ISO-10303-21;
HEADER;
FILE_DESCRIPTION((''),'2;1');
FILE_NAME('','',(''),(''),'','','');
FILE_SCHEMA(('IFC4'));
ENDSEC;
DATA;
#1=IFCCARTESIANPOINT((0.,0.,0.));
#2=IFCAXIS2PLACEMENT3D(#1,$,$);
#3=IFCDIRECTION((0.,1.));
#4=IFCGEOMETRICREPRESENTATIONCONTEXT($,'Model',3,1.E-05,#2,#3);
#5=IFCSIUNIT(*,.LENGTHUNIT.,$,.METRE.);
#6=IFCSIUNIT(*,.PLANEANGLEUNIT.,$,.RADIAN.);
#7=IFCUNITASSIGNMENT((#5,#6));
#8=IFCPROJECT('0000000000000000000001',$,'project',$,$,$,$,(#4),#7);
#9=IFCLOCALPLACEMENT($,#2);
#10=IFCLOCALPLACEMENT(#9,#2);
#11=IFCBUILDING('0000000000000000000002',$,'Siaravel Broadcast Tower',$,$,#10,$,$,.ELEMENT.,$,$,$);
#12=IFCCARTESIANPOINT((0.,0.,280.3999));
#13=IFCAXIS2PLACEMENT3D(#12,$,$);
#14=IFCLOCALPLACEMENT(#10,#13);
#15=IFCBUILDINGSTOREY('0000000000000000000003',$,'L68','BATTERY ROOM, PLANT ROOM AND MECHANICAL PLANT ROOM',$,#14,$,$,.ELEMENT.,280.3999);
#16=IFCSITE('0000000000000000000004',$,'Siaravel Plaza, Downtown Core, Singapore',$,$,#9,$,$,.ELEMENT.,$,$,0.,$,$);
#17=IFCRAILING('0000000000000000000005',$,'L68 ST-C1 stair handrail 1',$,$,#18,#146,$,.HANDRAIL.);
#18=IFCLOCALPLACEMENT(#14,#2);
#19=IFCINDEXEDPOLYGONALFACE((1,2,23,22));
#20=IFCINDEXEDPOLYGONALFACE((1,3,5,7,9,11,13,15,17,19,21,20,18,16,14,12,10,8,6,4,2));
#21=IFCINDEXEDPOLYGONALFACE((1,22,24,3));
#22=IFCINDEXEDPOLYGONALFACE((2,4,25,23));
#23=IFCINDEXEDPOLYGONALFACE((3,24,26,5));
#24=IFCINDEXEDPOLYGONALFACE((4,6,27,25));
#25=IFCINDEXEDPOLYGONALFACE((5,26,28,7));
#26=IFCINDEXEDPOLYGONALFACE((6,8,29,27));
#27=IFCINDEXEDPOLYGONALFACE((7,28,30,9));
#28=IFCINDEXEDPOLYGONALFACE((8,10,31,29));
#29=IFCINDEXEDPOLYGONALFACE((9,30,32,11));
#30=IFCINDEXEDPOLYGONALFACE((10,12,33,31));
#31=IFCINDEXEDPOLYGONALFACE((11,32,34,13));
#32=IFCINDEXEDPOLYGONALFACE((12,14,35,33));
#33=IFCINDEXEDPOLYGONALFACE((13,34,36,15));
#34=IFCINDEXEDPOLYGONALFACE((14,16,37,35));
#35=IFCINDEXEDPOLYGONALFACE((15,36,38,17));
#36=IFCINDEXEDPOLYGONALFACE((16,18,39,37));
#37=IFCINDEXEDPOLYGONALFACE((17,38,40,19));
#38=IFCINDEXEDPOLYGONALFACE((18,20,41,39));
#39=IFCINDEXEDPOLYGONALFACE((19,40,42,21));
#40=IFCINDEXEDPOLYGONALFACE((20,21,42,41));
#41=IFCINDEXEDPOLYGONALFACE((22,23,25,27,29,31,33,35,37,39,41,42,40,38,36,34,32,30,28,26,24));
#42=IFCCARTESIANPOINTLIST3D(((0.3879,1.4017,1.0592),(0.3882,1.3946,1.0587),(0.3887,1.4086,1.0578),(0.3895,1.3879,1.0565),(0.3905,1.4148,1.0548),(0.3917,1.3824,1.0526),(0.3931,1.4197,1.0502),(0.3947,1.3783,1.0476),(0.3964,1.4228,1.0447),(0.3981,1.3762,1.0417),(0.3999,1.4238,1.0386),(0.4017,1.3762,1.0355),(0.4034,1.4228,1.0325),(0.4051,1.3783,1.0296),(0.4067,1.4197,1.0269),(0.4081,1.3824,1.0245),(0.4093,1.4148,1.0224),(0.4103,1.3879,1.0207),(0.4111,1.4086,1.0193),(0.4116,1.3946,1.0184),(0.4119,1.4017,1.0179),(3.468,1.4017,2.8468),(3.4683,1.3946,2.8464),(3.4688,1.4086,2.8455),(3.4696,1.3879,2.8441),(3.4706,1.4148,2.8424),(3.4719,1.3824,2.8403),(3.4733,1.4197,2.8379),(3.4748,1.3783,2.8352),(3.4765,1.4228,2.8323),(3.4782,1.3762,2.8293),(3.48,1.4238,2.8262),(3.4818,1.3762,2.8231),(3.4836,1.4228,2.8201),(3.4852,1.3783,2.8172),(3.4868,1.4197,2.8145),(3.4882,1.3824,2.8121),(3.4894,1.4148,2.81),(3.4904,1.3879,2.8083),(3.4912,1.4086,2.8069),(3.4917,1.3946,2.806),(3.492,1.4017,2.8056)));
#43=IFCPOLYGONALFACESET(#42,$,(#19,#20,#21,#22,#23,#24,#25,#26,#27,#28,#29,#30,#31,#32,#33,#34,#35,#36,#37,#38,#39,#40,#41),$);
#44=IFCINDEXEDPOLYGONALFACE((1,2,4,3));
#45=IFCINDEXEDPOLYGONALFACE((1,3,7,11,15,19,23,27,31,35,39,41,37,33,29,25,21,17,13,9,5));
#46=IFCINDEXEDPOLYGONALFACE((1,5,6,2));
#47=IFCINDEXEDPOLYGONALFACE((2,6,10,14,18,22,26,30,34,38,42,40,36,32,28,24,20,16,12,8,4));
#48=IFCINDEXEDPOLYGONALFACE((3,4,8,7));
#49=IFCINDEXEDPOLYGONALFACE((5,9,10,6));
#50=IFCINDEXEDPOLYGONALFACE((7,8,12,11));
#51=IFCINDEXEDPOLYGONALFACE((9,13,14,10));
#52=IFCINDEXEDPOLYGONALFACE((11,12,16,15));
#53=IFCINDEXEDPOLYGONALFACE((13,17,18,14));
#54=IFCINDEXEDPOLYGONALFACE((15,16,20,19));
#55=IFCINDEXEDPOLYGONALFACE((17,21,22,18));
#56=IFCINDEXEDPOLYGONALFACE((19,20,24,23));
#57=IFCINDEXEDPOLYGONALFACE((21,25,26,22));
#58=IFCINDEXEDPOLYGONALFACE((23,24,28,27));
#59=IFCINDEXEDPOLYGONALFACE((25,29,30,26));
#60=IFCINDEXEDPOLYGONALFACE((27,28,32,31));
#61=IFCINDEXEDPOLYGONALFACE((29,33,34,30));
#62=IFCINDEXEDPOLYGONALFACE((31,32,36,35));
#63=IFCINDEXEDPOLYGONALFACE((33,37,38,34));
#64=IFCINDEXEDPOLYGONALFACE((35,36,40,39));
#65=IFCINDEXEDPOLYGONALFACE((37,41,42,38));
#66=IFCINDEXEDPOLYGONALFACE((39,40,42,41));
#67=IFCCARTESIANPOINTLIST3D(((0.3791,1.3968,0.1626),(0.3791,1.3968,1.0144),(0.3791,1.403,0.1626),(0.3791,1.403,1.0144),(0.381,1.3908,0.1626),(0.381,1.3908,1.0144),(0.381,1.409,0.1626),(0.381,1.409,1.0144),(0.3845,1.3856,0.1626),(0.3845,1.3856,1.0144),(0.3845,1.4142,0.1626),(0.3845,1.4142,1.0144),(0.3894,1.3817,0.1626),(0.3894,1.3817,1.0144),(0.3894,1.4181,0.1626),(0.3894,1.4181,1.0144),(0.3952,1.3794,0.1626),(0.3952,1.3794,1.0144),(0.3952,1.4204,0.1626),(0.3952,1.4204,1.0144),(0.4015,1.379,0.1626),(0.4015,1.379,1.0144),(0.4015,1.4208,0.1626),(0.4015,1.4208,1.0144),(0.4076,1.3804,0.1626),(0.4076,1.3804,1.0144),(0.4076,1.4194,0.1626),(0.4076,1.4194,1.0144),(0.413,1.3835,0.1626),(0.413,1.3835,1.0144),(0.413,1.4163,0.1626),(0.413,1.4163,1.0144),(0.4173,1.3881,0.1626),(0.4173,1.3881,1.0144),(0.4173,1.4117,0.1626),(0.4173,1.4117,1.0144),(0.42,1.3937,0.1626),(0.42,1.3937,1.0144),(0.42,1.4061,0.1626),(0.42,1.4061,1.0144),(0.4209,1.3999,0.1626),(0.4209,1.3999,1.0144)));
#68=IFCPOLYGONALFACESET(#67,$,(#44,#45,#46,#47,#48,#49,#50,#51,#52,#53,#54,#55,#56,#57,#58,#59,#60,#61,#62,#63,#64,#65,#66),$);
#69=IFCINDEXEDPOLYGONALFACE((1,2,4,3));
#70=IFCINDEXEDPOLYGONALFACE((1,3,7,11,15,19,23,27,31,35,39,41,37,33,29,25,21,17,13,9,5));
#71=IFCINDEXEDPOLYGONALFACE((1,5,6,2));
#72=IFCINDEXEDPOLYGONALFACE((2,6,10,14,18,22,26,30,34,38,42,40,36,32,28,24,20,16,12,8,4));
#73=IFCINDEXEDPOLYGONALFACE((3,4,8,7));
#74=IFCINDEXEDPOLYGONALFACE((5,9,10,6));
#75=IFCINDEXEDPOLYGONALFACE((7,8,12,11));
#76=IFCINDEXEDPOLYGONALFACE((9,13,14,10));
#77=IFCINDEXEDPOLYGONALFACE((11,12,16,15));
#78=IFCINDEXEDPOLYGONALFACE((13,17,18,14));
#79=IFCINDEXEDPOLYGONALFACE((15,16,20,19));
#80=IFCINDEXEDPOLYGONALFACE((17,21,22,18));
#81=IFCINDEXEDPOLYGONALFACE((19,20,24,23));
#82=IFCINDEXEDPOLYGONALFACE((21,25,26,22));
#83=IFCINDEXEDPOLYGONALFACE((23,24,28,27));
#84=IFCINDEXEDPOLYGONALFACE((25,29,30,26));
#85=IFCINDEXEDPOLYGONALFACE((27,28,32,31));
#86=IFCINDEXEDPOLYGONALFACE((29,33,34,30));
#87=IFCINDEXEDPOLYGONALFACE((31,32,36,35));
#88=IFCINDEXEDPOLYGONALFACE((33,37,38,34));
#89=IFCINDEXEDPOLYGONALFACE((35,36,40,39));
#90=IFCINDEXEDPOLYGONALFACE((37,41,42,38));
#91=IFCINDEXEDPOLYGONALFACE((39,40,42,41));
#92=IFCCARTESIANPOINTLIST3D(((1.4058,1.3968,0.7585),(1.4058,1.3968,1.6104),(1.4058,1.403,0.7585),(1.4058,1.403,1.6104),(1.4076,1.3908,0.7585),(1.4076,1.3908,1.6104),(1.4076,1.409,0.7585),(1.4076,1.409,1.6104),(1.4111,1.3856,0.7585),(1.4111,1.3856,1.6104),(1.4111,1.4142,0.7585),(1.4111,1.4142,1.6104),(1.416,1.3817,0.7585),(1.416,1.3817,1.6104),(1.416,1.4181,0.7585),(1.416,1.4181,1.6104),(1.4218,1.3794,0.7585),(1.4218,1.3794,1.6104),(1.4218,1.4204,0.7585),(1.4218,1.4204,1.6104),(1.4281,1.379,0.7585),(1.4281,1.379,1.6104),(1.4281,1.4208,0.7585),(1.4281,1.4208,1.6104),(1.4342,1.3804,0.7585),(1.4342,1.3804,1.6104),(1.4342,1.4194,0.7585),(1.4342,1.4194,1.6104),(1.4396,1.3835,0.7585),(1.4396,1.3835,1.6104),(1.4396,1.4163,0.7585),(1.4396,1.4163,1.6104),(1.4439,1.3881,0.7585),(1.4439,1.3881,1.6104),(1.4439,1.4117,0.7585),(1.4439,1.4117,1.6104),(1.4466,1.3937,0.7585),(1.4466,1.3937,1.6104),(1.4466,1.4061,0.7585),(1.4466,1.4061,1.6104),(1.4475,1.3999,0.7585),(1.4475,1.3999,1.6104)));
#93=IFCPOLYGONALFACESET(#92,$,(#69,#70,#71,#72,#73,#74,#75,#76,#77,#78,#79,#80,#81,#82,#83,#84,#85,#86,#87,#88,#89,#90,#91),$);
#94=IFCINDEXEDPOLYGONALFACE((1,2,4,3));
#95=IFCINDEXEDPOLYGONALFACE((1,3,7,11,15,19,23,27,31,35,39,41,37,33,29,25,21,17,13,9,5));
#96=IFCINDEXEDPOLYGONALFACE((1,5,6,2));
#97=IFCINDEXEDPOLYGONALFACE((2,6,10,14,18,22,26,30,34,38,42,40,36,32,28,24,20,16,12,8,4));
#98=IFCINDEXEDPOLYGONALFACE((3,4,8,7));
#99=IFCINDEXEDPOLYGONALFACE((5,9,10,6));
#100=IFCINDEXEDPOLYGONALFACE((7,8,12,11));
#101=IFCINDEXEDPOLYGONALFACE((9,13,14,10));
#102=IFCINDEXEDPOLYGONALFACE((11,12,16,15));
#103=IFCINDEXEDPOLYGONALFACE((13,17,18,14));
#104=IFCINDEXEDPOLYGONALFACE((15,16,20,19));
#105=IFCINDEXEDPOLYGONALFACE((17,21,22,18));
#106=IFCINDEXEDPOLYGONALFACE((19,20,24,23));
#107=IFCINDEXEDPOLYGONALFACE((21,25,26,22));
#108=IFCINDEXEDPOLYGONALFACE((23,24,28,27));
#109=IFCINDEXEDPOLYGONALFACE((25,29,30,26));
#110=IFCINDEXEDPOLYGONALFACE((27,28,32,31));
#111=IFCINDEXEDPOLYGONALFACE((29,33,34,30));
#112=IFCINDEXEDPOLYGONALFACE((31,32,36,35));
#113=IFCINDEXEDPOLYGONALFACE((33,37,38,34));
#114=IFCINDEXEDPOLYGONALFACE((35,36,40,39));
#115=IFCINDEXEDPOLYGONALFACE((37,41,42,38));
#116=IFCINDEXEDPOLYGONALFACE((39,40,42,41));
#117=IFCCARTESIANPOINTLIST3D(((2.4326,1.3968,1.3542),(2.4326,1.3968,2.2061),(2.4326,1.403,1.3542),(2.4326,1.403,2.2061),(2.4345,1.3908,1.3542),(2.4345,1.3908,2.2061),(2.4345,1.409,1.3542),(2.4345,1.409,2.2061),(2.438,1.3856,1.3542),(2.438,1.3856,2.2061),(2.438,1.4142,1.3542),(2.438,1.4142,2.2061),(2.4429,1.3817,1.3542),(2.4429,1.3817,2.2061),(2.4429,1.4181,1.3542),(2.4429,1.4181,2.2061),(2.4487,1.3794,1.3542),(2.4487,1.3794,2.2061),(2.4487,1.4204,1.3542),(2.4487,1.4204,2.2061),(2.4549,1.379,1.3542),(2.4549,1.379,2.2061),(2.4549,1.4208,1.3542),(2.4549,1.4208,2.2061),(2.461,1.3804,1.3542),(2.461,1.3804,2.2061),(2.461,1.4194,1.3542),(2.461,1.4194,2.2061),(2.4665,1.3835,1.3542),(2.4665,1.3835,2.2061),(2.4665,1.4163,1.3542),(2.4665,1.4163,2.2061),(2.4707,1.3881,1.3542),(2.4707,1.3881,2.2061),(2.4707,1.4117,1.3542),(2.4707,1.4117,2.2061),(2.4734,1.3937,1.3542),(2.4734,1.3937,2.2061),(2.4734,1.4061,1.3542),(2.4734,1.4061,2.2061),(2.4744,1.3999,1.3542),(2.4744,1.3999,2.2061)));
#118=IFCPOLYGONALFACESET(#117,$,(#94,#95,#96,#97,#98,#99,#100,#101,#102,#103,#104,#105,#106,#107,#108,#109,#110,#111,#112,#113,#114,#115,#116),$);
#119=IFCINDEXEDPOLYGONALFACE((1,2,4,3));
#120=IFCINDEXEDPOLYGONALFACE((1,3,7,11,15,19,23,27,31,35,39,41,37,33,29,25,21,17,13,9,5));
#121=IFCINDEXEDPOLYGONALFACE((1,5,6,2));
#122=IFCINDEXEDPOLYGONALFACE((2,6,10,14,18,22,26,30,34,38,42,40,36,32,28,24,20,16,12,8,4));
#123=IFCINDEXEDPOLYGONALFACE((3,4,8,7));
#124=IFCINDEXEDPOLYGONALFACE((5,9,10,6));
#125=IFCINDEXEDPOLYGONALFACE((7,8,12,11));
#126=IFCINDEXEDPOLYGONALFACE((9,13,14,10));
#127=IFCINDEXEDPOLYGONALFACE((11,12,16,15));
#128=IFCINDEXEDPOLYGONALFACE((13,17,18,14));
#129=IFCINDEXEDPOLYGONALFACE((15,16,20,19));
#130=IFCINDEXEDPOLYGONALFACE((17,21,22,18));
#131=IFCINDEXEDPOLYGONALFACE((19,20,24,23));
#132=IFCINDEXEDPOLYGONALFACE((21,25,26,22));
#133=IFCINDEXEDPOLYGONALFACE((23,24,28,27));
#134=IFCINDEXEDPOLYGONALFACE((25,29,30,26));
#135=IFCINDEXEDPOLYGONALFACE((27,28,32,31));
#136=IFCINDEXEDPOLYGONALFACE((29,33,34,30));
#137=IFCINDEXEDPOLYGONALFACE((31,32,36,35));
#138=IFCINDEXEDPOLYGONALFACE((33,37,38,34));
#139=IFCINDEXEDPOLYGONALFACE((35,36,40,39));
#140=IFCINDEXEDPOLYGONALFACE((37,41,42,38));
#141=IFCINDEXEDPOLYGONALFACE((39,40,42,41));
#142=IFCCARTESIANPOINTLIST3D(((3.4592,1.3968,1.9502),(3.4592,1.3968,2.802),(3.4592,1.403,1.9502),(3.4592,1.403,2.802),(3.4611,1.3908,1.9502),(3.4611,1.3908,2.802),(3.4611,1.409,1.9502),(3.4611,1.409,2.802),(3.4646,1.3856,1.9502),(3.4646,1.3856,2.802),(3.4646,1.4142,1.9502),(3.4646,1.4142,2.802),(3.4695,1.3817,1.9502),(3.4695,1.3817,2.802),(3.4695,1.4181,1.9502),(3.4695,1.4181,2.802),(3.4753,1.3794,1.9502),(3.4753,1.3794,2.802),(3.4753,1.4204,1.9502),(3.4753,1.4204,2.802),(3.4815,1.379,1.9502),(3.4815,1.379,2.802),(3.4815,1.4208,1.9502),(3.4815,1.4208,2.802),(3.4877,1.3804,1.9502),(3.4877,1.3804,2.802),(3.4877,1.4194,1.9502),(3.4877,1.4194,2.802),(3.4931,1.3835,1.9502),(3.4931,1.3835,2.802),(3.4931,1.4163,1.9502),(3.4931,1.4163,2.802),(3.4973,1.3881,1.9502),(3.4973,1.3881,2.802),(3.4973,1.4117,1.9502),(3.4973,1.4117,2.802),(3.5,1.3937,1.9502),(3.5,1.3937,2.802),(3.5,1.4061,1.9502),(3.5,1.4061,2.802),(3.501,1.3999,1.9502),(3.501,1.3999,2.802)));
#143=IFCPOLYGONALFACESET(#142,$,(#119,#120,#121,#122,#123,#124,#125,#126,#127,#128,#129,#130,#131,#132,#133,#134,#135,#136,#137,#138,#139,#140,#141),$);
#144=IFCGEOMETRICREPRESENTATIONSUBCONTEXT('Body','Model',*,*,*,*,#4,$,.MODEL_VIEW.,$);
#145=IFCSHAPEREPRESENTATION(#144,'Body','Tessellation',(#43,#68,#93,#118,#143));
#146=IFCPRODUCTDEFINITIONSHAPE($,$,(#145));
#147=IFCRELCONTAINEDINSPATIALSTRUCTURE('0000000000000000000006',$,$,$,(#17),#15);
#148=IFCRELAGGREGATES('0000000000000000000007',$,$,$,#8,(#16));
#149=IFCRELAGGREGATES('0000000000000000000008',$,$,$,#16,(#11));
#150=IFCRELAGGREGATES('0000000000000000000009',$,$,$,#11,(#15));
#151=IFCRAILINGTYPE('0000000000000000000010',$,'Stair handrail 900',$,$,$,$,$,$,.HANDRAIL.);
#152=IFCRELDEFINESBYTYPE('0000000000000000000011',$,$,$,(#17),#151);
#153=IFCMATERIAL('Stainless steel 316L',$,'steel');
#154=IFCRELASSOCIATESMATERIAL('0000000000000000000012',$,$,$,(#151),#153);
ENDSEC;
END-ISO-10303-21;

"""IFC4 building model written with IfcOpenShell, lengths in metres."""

from ifc_helpers import new_model, si_unit, direction, frame, origin, origin_2d, place, context, subcontext, project, spatial, circle, extrude, material, type_object, element, save


model = new_model("IFC4")

# Units and contexts
model_context = context("Model", 3, precision=1e-05, world=origin(), true_north=direction((0.0, 1.0)))
body_context = subcontext(model_context, "Body", "Model", "MODEL_VIEW")
ifc_project = project(units=[si_unit("LENGTHUNIT", "METRE"), si_unit("PLANEANGLEUNIT", "RADIAN")], contexts=[model_context])

# Site, building, storey
site_placement = place(None, origin())
site = spatial("IfcSite", under=ifc_project, at=site_placement, Name="Siaravel Plaza, Downtown Core, Singapore", CompositionType="ELEMENT", RefElevation=0.0)
building_placement = place(site_placement, origin())
building = spatial("IfcBuilding", under=site, at=building_placement, Name="Siaravel Broadcast Tower", CompositionType="ELEMENT")
storey_placement = place(building_placement, frame((0.0, 0.0, 280.3999)))
storey = spatial("IfcBuildingStorey", under=building, at=storey_placement, Name="L68", Description="BATTERY ROOM, PLANT ROOM AND MECHANICAL PLANT ROOM", CompositionType="ELEMENT", Elevation=280.3999)

# Railing
ifc_material_1 = material(Name="Stainless steel 316L", Category="steel")
railing_type_1 = type_object("IfcRailingType", Name="Stair handrail 900", PredefinedType="HANDRAIL", material=ifc_material_1)
railing_1_placement = place(storey_placement, frame((0.3999, 1.3999, 0.1626)))
element("IfcRailing", 1, at=railing_1_placement, inside=storey, type_object=railing_type_1, Name="L68 ST-C1 stair handrail 1", PredefinedType="HANDRAIL", context=body_context, shape_type="SweptSolid", body=[
    extrude(circle(Radius=0.0239, at=origin_2d()), frame((0.0, 0.0, 0.876), z_axis=(0.864891, 0.0, 0.50196), x_axis=(0.0, 1.0, 0.0)), (0.0, 0.0, 1.0), 3.5613),
    extrude(circle(Radius=0.021, at=origin_2d()), origin(), (0.0, 0.0, 1.0), 0.8518),
    extrude(circle(Radius=0.021, at=origin_2d()), frame((1.0266, 0.0, 0.5959)), (0.0, 0.0, 1.0), 0.8518),
    extrude(circle(Radius=0.021, at=origin_2d()), frame((2.0535, 0.0, 1.1917)), (0.0, 0.0, 1.0), 0.8518),
    extrude(circle(Radius=0.021, at=origin_2d()), frame((3.0801, 0.0, 1.7876)), (0.0, 0.0, 1.0), 0.8518),
])

save(model, "model.ifc")
